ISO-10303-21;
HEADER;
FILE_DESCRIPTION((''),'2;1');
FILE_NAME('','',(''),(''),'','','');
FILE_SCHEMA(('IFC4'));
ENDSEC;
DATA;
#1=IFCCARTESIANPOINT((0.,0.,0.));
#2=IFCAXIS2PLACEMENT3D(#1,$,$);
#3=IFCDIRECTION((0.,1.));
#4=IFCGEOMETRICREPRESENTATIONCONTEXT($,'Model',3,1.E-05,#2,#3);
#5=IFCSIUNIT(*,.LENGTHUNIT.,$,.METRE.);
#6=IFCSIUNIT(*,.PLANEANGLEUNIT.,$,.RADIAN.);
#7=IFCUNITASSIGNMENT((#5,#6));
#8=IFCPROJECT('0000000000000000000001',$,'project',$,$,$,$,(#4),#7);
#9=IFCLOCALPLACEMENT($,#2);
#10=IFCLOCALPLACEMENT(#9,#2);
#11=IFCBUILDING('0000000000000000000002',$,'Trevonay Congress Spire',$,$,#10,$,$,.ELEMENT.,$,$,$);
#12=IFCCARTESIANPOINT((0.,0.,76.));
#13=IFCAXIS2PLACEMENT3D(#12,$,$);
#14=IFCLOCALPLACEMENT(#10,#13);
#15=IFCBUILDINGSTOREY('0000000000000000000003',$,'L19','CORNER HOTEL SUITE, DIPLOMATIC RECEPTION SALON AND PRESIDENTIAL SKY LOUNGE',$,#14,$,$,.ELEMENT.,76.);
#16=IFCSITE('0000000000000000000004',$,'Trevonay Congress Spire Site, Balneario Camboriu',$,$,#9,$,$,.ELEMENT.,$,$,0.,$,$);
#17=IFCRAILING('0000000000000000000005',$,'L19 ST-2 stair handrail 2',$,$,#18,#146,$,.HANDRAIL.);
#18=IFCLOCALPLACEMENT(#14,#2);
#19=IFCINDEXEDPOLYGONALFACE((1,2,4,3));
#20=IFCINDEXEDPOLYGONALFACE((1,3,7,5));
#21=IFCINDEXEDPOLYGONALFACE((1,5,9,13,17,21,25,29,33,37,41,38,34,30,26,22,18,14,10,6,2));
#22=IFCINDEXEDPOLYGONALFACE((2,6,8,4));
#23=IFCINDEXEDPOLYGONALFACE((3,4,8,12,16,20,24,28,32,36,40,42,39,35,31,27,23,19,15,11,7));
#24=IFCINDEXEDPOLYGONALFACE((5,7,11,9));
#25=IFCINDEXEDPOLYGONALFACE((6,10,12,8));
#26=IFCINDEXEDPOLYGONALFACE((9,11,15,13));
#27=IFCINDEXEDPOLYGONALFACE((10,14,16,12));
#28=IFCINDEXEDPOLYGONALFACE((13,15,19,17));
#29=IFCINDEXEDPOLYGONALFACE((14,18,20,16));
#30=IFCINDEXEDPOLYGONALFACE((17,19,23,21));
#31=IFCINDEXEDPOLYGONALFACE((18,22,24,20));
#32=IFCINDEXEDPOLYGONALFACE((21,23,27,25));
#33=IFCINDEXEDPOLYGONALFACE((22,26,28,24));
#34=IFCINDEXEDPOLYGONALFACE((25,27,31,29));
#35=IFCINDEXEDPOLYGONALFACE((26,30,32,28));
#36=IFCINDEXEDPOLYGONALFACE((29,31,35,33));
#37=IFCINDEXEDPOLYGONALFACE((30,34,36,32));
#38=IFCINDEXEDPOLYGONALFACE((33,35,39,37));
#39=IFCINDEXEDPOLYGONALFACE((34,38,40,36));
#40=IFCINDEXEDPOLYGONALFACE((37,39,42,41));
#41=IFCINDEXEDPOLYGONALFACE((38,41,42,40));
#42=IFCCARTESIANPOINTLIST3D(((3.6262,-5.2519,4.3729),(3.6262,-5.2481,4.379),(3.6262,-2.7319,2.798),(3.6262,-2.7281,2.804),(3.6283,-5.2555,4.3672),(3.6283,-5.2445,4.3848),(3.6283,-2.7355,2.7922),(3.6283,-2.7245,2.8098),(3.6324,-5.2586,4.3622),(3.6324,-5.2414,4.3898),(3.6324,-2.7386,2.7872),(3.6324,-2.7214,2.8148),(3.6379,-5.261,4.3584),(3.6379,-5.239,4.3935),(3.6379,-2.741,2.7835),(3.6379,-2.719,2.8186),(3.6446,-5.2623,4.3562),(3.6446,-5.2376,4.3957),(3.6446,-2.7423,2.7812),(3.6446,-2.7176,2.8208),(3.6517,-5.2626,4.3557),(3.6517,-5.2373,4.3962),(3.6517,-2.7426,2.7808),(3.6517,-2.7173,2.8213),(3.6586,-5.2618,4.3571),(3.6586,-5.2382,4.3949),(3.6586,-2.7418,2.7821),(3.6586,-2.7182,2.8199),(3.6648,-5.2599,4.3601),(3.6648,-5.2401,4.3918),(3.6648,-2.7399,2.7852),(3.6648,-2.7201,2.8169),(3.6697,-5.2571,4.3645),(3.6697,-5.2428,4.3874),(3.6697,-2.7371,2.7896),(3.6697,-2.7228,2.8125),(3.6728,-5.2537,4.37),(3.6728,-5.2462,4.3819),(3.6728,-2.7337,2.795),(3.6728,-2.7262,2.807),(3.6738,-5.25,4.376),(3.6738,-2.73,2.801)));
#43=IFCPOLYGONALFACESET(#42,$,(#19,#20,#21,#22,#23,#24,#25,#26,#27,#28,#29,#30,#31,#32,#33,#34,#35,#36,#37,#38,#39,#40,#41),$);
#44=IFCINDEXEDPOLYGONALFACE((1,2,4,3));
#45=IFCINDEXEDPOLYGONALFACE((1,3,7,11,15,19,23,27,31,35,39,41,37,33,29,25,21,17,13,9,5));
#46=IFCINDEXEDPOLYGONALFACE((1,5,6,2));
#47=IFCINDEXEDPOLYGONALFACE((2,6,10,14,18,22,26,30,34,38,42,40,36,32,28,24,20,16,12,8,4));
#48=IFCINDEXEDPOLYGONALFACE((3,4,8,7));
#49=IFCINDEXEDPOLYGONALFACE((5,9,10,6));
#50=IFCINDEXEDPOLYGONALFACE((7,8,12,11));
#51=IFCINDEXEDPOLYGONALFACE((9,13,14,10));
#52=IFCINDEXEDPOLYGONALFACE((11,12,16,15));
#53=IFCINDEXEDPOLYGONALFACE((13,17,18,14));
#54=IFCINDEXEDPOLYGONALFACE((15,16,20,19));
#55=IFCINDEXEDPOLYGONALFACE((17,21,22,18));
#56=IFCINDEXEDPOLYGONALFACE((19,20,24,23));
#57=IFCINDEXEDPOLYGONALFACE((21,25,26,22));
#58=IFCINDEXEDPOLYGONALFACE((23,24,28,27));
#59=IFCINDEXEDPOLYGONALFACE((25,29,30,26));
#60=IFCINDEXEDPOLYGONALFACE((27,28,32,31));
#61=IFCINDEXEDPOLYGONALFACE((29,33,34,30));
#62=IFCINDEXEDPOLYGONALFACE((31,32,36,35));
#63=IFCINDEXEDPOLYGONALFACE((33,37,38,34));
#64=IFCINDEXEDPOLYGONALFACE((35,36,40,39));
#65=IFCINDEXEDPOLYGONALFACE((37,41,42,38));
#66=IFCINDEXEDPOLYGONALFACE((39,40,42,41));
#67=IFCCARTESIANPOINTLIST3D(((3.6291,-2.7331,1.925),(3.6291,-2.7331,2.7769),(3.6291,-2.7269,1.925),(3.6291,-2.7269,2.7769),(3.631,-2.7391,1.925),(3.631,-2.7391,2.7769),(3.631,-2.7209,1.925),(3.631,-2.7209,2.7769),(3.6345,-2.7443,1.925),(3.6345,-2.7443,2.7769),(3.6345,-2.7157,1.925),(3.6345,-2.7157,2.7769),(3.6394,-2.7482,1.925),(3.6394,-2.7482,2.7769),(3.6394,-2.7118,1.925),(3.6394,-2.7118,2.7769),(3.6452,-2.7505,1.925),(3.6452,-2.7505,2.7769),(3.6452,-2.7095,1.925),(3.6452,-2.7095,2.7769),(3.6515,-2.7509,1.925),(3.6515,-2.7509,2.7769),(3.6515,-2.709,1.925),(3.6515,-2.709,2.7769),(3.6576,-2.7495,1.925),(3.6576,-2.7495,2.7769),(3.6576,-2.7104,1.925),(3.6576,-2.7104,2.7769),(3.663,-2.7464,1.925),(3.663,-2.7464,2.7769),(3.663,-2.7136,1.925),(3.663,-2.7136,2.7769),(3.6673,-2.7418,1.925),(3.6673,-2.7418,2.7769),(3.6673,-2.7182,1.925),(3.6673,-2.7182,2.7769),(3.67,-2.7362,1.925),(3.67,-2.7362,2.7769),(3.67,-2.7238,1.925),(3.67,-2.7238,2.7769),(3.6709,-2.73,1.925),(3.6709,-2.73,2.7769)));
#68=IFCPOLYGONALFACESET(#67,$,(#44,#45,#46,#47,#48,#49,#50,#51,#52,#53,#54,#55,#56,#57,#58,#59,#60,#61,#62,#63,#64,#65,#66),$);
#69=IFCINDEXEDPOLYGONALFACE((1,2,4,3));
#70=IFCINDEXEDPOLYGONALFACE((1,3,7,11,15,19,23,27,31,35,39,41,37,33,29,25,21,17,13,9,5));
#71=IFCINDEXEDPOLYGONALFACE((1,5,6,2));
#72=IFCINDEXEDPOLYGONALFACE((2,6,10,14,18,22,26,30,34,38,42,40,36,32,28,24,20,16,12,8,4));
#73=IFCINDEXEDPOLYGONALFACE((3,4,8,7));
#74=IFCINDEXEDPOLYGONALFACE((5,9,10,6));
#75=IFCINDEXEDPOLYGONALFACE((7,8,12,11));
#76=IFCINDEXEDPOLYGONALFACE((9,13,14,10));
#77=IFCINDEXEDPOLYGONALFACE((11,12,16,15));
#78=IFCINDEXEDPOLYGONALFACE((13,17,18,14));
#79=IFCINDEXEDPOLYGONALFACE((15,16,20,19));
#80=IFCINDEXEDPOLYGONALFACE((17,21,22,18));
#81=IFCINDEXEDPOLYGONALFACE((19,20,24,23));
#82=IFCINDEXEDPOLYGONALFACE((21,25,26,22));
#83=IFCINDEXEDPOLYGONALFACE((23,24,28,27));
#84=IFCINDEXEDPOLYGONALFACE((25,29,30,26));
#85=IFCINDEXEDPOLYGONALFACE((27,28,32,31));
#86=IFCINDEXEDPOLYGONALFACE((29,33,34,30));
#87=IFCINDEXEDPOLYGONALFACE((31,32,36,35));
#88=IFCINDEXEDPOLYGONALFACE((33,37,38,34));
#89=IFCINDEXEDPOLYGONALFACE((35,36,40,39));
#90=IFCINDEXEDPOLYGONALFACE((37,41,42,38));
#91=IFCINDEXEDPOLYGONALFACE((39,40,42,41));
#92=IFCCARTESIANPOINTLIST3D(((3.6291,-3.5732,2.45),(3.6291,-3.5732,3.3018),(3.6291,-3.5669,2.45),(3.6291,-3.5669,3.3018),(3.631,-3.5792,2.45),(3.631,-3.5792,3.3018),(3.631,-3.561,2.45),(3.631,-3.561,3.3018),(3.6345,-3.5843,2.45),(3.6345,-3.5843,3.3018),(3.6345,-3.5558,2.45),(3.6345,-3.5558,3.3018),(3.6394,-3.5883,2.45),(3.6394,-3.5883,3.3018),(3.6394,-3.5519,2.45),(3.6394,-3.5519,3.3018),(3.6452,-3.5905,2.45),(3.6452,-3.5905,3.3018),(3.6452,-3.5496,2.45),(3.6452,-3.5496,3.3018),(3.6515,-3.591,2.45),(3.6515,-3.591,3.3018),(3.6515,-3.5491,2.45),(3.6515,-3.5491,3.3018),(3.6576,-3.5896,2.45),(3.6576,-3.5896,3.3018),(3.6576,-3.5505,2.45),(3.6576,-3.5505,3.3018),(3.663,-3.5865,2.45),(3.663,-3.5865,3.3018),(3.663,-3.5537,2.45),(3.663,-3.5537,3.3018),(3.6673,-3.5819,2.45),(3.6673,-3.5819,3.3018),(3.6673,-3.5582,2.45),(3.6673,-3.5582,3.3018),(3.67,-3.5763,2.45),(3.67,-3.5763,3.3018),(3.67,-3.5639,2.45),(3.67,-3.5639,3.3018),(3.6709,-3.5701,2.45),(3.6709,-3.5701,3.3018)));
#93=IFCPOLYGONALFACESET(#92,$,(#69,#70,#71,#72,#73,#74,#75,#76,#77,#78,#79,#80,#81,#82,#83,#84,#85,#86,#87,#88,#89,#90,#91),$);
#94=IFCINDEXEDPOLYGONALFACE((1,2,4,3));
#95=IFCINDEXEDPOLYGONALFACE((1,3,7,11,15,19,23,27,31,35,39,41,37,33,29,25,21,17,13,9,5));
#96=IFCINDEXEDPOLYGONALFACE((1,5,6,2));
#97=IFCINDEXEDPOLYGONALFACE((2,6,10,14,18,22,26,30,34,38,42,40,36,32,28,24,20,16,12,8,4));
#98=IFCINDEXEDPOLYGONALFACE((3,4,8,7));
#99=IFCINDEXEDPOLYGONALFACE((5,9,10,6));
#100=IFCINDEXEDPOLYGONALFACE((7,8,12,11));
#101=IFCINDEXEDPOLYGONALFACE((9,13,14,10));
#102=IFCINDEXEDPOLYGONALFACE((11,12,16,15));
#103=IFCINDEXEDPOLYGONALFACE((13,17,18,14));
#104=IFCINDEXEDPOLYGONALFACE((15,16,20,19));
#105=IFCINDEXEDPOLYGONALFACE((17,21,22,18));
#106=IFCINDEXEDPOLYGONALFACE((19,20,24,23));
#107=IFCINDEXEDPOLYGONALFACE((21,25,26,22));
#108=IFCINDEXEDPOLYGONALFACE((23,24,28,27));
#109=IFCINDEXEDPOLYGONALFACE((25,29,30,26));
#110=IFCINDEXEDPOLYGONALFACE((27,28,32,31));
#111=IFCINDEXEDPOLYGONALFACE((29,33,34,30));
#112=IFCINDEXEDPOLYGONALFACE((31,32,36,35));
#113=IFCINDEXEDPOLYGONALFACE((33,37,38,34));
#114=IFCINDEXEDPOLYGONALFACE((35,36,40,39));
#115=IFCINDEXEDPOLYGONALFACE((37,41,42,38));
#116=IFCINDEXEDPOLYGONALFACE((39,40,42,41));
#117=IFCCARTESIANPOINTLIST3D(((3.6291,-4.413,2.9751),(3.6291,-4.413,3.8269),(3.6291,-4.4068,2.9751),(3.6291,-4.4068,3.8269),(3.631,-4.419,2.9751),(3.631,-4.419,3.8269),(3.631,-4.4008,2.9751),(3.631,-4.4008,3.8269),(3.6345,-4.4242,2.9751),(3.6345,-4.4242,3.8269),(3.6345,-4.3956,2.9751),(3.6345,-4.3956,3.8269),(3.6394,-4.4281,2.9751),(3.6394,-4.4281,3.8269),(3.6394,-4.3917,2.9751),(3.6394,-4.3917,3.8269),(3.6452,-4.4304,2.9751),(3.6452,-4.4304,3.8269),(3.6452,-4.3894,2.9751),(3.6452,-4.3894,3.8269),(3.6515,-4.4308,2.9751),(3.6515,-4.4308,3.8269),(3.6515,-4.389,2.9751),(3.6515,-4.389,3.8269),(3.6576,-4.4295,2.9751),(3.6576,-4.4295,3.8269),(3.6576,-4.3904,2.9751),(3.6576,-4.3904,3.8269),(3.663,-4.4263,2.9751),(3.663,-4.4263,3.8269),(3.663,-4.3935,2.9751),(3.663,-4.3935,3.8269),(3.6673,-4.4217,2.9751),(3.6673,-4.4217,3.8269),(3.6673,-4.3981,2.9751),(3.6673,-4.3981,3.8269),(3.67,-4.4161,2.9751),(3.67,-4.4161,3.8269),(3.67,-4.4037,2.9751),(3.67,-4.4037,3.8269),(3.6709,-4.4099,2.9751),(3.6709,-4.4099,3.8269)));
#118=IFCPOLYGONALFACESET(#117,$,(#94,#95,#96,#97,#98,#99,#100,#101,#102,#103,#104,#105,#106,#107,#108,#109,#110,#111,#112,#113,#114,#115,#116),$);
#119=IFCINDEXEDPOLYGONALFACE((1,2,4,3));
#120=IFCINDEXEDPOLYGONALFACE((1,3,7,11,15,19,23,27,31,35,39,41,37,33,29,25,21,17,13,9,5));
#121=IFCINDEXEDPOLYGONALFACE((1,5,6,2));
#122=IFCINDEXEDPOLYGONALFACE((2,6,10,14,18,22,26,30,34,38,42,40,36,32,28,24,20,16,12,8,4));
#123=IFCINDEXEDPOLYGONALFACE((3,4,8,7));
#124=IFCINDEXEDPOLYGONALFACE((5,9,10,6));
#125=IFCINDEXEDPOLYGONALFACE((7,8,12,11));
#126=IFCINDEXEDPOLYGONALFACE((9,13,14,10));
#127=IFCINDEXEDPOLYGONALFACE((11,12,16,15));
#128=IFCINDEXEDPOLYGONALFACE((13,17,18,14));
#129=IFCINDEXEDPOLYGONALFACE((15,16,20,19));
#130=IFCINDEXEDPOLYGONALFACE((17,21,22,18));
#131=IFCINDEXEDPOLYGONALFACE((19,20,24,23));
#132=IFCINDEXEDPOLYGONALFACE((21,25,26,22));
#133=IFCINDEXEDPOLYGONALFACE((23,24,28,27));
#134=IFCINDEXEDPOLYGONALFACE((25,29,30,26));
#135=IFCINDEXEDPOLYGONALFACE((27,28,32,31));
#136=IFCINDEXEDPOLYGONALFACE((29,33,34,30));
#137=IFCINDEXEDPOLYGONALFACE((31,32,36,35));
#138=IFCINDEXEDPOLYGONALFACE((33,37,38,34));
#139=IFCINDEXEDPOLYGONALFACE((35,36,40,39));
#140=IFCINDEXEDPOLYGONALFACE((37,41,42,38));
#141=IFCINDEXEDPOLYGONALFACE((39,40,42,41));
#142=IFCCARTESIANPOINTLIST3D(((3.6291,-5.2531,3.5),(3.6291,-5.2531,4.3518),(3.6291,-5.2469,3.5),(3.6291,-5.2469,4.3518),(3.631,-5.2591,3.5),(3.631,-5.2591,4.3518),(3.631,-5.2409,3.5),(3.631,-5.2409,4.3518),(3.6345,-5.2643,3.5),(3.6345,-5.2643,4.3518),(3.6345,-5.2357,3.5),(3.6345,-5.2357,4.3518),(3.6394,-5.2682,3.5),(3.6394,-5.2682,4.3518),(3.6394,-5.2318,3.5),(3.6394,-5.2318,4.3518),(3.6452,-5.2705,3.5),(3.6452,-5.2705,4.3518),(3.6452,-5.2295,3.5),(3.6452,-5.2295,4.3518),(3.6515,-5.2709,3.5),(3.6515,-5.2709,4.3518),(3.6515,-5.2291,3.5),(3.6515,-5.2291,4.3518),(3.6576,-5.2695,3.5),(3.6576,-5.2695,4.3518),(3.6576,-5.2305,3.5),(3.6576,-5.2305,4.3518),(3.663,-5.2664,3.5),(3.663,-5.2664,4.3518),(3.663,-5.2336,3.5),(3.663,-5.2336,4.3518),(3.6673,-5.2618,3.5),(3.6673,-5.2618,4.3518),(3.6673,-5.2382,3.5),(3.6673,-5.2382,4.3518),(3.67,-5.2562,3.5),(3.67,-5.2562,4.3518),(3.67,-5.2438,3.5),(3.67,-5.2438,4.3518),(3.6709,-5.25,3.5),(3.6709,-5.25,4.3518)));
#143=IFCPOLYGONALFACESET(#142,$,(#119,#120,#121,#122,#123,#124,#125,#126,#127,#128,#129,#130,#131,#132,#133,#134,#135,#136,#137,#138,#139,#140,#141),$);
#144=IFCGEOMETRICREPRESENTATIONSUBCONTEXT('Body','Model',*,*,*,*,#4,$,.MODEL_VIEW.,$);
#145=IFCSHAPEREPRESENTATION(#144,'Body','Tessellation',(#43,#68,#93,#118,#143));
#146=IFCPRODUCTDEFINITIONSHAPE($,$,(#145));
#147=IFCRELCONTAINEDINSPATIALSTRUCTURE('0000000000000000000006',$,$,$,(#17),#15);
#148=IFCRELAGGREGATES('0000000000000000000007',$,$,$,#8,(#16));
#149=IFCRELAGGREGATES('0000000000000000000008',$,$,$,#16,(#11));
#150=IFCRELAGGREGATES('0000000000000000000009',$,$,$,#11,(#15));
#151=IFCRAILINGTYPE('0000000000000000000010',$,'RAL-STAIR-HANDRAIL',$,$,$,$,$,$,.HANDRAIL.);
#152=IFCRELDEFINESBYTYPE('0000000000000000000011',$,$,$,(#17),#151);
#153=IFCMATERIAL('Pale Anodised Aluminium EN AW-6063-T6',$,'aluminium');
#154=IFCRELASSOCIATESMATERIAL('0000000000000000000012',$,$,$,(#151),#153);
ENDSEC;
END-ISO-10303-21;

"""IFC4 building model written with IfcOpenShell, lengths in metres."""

from ifc_helpers import new_model, si_unit, direction, frame, origin, origin_2d, place, context, subcontext, project, spatial, circle, extrude, material, type_object, element, save


model = new_model("IFC4")

# Units and contexts
model_context = context("Model", 3, precision=1e-05, world=origin(), true_north=direction((0.0, 1.0)))
body_context = subcontext(model_context, "Body", "Model", "MODEL_VIEW")
ifc_project = project(units=[si_unit("LENGTHUNIT", "METRE"), si_unit("PLANEANGLEUNIT", "RADIAN")], contexts=[model_context])

# Site, building, storey
site_placement = place(None, origin())
site = spatial("IfcSite", under=ifc_project, at=site_placement, Name="Trevonay Congress Spire Site, Balneario Camboriu", CompositionType="ELEMENT", RefElevation=0.0)
building_placement = place(site_placement, origin())
building = spatial("IfcBuilding", under=site, at=building_placement, Name="Trevonay Congress Spire", CompositionType="ELEMENT")
storey_placement = place(building_placement, frame((0.0, 0.0, 76.0)))
storey = spatial("IfcBuildingStorey", under=building, at=storey_placement, Name="L19", Description="CORNER HOTEL SUITE, DIPLOMATIC RECEPTION SALON AND PRESIDENTIAL SKY LOUNGE", CompositionType="ELEMENT", Elevation=76.0)

# Railing
ifc_material_1 = material(Name="Pale Anodised Aluminium EN AW-6063-T6", Category="aluminium")
railing_type_1 = type_object("IfcRailingType", Name="RAL-STAIR-HANDRAIL", PredefinedType="HANDRAIL", material=ifc_material_1)
railing_1_placement = place(storey_placement, frame((3.6499, -2.73, 1.925)))
element("IfcRailing", 1, at=railing_1_placement, inside=storey, type_object=railing_type_1, Name="L19 ST-2 stair handrail 2", PredefinedType="HANDRAIL", context=body_context, shape_type="SweptSolid", body=[
    extrude(circle(Radius=0.0239, at=origin_2d()), frame((0.0, 0.0, 0.876), z_axis=(0.0, -0.848008, 0.529984), x_axis=(1.0, 0.0, 0.0)), (0.0, 0.0, 1.0), 2.9717),
    extrude(circle(Radius=0.021, at=origin_2d()), origin(), (0.0, 0.0, 1.0), 0.8518),
    extrude(circle(Radius=0.021, at=origin_2d()), frame((0.0, -0.8401, 0.5249)), (0.0, 0.0, 1.0), 0.8518),
    extrude(circle(Radius=0.021, at=origin_2d()), frame((0.0, -1.6799, 1.05)), (0.0, 0.0, 1.0), 0.8518),
    extrude(circle(Radius=0.021, at=origin_2d()), frame((0.0, -2.52, 1.575)), (0.0, 0.0, 1.0), 0.8518),
])

save(model, "model.ifc")
